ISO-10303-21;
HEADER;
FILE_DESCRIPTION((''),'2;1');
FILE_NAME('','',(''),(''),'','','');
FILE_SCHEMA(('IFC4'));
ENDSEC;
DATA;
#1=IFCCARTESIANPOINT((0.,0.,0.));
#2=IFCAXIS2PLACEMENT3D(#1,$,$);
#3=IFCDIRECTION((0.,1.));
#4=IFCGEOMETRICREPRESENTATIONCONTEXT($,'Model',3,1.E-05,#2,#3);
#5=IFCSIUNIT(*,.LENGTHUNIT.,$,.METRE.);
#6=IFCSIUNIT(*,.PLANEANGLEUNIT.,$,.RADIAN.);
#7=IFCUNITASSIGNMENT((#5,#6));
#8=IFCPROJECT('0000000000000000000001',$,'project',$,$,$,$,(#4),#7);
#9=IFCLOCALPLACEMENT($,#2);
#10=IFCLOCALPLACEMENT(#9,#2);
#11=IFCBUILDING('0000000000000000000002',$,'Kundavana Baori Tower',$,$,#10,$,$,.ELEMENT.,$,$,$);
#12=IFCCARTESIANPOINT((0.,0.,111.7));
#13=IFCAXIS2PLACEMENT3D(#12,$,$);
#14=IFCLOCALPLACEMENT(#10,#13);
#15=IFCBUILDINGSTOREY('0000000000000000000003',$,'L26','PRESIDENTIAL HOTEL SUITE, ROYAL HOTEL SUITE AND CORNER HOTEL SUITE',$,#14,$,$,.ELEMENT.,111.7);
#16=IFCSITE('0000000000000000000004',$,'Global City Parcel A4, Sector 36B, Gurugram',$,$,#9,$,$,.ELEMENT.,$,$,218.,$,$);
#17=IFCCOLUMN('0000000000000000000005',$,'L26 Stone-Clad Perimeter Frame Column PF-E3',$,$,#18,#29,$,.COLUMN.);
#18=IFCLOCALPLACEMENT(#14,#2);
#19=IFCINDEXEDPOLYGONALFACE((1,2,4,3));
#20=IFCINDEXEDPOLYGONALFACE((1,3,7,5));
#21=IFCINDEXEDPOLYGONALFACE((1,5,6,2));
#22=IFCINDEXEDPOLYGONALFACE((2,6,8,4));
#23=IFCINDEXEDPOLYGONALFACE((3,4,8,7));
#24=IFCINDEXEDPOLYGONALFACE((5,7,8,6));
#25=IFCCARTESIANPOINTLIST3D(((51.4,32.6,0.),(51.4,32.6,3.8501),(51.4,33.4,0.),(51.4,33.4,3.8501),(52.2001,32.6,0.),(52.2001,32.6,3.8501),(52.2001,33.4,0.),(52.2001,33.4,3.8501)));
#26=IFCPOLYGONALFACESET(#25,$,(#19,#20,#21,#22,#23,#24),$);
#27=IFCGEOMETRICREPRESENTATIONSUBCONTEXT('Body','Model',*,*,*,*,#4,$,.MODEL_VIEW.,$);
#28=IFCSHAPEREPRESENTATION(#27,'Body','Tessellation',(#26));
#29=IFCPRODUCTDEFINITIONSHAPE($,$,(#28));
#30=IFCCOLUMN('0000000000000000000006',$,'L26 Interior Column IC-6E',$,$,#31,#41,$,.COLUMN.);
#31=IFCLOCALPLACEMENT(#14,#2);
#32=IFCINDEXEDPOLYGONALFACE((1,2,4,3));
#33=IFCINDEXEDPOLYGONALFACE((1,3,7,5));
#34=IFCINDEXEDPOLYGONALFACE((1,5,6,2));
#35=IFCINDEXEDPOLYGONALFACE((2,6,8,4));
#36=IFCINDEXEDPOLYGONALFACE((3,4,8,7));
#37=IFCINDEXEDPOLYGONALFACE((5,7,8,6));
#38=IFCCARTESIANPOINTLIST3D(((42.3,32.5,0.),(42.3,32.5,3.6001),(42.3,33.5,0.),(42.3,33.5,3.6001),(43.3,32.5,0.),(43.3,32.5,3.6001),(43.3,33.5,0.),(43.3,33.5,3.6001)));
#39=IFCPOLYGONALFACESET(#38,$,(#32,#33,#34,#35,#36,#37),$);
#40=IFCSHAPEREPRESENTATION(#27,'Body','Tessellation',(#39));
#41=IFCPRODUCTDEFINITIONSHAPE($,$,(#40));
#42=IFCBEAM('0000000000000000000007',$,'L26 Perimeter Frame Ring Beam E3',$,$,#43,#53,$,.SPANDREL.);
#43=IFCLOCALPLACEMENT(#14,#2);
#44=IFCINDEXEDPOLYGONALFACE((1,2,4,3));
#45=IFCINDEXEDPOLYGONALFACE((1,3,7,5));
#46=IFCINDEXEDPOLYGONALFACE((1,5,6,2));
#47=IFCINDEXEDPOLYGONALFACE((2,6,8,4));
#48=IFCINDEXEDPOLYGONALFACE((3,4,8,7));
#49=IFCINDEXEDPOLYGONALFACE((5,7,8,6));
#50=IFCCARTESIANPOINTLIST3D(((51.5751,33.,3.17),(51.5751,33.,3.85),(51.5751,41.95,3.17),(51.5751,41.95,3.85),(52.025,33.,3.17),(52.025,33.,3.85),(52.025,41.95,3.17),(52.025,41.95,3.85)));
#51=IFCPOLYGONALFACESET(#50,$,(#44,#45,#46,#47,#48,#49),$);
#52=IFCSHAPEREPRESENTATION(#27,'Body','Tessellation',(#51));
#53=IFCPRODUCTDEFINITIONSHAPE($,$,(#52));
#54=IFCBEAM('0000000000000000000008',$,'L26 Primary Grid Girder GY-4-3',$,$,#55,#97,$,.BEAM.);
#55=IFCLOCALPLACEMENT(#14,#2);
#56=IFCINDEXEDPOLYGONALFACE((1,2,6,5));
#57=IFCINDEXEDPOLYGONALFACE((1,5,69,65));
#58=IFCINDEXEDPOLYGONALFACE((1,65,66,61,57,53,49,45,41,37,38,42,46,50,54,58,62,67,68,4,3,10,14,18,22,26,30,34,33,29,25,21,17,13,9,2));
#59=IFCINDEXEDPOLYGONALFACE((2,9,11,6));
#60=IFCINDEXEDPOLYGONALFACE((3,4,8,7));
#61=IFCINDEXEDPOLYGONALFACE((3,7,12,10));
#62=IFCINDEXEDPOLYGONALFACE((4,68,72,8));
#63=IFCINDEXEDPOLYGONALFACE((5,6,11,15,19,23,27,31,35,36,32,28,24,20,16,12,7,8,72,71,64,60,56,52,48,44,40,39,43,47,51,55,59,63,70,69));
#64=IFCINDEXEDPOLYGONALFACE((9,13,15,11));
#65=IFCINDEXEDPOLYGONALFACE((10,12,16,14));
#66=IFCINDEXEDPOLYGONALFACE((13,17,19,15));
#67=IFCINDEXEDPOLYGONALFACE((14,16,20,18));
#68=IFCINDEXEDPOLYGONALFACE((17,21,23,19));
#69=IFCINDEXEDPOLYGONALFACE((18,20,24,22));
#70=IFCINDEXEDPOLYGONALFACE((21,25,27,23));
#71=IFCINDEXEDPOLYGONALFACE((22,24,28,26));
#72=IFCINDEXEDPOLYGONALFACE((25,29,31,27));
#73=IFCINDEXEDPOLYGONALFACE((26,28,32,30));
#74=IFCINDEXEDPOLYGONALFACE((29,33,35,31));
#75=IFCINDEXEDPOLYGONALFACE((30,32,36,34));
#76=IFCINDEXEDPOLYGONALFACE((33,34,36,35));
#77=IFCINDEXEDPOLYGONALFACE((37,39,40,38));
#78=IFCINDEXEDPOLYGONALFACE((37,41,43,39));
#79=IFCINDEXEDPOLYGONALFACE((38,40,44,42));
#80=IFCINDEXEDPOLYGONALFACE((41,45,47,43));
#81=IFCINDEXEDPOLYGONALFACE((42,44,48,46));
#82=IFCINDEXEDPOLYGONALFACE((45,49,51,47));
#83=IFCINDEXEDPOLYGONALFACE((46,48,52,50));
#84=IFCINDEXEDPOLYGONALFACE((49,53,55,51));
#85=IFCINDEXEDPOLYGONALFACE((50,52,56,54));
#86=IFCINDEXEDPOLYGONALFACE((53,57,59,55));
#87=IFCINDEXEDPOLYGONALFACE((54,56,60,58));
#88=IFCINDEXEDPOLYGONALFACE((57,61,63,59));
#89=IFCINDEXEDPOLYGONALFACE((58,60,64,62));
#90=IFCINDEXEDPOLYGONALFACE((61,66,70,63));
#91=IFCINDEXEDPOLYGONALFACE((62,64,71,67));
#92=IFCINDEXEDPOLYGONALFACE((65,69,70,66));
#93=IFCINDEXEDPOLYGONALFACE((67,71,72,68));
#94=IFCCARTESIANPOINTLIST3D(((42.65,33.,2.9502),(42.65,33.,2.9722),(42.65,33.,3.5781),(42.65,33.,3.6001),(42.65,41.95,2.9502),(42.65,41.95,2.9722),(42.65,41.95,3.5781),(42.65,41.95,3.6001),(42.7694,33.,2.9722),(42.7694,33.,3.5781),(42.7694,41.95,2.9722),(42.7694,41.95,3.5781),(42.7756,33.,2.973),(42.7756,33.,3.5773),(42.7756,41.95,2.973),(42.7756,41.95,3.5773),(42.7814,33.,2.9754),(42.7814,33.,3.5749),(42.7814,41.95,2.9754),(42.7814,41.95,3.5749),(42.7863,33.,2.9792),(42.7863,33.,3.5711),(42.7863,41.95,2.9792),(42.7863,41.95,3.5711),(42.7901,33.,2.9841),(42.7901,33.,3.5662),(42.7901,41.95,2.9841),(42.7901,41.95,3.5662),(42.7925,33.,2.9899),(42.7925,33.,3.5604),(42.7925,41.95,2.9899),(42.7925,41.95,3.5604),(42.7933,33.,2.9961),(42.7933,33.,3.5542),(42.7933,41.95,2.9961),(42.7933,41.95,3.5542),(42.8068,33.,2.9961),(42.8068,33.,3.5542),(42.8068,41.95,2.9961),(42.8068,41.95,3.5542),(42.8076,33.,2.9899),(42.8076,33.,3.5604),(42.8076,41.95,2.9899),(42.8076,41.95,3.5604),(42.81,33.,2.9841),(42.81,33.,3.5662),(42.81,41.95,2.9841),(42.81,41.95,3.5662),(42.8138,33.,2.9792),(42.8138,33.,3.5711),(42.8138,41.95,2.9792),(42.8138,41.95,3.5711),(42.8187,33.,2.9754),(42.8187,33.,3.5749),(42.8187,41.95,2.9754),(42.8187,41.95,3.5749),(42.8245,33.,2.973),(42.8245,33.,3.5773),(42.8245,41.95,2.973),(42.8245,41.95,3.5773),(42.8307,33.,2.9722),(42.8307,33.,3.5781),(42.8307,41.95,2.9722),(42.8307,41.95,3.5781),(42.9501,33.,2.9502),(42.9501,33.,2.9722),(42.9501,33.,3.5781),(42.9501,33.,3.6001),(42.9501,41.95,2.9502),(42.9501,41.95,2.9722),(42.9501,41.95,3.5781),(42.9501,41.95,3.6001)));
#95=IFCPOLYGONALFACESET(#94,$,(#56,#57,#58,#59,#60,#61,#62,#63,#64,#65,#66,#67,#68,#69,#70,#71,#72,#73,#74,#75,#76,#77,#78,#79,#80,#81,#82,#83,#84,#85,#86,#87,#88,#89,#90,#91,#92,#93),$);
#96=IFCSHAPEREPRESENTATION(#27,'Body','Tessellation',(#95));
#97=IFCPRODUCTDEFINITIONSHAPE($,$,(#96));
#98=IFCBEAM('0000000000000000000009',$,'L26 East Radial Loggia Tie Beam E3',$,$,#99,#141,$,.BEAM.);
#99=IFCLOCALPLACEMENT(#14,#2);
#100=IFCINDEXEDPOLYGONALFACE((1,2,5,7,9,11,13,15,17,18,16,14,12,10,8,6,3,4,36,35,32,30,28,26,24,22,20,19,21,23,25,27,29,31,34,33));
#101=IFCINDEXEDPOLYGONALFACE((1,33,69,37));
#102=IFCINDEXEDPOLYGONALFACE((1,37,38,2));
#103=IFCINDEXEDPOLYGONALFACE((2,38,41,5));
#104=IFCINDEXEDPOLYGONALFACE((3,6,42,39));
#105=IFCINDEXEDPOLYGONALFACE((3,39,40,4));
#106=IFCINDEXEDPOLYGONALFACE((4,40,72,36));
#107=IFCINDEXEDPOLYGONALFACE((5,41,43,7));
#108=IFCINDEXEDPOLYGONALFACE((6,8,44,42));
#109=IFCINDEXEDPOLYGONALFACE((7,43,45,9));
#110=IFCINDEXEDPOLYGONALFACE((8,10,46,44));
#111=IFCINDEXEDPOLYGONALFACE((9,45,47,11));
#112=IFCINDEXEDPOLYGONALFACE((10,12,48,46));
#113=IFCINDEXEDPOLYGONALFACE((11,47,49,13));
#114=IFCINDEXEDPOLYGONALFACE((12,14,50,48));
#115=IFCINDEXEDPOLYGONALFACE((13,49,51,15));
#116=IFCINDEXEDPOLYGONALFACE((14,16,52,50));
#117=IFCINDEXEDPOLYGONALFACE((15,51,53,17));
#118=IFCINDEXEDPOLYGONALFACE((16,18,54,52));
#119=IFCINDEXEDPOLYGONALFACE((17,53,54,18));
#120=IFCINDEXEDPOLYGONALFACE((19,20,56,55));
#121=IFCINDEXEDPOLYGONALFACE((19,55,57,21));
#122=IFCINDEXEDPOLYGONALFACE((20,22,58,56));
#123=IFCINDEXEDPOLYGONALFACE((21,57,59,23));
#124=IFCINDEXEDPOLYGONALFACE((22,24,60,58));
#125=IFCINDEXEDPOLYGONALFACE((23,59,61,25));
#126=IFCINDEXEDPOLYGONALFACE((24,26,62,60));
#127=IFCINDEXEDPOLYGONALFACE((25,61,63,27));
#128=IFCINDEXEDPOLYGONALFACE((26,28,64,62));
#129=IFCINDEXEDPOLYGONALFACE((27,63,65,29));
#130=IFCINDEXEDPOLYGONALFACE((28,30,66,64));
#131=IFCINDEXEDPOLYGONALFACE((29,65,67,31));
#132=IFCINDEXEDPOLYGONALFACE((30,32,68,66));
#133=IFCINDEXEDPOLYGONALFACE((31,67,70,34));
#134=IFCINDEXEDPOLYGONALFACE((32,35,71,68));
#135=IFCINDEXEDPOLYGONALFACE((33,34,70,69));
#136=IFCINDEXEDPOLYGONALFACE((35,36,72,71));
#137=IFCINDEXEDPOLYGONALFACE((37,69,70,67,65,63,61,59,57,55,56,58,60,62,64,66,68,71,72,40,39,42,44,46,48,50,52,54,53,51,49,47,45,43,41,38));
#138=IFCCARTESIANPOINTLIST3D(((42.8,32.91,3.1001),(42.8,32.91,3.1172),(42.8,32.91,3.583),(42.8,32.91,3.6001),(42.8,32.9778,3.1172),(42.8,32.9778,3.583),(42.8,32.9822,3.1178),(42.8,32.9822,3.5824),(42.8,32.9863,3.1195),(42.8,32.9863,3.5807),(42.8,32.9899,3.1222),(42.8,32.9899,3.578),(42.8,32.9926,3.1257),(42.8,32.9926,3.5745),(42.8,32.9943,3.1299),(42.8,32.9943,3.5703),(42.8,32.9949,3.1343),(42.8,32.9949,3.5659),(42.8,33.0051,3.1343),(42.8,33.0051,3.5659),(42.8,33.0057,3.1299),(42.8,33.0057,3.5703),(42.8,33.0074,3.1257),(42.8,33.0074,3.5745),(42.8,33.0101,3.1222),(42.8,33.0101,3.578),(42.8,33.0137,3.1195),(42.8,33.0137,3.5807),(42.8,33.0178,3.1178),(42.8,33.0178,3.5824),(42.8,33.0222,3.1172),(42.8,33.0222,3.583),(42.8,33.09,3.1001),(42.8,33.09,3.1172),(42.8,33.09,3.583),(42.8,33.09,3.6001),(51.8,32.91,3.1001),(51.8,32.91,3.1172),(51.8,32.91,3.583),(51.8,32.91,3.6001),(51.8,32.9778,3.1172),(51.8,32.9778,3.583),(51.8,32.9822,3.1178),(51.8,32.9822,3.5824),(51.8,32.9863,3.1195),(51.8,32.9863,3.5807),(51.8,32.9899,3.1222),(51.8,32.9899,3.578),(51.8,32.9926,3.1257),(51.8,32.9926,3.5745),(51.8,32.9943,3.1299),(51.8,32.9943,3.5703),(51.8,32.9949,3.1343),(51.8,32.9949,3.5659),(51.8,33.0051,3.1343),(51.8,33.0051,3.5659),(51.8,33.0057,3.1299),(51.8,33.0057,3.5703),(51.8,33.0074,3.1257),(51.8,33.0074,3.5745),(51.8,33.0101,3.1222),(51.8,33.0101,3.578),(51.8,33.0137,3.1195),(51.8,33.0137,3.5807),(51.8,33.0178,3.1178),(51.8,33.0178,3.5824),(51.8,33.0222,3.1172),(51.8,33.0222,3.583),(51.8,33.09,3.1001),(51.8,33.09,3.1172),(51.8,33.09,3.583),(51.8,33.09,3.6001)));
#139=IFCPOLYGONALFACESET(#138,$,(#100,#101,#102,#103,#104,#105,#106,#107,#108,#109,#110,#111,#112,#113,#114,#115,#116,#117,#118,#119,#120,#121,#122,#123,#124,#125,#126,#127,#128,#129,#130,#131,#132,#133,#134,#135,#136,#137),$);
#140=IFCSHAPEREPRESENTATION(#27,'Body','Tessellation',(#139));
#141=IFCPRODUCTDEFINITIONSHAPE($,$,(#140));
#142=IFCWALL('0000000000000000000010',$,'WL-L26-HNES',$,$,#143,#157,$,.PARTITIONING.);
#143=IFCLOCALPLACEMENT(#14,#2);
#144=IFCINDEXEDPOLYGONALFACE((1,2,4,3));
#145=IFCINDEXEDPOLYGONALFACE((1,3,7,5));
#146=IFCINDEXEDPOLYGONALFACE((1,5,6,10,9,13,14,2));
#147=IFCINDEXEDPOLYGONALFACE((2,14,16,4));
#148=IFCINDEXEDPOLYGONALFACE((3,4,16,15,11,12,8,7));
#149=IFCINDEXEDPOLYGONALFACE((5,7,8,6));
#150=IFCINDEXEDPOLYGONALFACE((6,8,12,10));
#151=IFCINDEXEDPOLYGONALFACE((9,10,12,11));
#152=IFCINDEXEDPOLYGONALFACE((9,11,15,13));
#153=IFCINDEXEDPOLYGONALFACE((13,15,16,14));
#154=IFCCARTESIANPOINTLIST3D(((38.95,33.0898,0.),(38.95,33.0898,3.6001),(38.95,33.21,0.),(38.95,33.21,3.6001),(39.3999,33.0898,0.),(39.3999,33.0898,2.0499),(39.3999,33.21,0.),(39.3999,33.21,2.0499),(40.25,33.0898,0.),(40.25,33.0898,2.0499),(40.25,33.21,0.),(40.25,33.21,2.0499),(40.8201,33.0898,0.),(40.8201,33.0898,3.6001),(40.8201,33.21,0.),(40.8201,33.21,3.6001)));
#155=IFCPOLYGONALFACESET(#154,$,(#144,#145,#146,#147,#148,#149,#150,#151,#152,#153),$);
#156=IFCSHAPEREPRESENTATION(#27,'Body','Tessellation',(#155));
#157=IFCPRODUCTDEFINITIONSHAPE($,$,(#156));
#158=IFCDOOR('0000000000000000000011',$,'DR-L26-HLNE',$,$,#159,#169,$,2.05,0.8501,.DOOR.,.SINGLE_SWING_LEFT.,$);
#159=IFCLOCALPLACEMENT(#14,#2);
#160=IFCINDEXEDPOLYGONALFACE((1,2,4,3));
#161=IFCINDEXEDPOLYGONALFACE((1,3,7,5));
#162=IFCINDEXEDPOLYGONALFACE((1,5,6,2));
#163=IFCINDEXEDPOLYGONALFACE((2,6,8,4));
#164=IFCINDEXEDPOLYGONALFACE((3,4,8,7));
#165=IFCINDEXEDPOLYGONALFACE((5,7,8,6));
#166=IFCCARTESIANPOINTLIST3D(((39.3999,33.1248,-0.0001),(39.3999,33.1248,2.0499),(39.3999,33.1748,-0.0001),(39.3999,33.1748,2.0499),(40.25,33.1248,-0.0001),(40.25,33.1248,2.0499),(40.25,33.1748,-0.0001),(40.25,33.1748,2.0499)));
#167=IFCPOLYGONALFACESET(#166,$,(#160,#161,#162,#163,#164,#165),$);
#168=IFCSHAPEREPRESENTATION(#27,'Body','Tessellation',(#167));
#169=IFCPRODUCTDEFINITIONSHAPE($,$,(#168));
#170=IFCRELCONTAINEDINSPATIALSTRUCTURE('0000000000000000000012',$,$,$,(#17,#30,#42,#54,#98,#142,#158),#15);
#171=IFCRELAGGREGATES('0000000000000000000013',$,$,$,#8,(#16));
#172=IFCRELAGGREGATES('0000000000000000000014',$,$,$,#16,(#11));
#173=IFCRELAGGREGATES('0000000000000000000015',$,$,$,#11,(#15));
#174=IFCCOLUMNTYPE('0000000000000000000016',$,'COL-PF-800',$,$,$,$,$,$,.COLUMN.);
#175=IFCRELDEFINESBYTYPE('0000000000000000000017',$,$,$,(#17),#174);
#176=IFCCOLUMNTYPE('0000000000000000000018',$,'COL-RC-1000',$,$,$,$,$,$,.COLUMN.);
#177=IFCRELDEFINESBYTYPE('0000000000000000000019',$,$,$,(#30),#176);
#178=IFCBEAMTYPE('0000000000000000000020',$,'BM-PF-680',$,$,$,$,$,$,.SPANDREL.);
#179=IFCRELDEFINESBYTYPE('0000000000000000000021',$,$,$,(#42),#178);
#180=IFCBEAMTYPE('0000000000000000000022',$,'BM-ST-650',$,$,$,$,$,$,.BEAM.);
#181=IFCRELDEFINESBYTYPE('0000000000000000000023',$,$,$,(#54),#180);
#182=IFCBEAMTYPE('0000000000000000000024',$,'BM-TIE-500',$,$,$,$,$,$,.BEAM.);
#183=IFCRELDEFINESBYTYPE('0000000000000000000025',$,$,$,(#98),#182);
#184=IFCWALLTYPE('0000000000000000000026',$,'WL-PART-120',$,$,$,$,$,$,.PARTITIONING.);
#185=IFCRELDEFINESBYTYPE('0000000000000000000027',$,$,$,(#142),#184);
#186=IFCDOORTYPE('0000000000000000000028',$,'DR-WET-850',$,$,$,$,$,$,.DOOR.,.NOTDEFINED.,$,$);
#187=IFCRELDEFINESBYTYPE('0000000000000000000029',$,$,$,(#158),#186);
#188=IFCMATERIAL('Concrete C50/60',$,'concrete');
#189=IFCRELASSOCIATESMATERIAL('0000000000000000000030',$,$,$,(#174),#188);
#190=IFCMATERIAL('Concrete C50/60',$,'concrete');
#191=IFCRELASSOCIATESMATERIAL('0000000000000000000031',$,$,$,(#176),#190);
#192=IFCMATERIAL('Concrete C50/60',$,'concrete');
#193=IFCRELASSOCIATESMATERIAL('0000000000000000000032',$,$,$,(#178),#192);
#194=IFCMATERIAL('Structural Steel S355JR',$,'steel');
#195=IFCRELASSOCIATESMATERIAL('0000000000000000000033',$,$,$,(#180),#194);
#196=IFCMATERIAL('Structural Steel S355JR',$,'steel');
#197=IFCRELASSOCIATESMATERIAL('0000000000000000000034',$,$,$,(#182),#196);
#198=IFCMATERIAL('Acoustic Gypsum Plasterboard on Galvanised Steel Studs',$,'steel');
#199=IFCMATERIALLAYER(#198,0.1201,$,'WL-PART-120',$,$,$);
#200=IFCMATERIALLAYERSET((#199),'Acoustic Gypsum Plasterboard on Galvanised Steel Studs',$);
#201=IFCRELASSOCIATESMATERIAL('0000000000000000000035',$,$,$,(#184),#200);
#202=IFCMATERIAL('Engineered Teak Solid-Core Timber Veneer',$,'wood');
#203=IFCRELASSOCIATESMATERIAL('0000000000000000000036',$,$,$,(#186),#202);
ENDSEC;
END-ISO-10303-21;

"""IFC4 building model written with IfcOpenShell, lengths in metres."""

from ifc_helpers import new_model, si_unit, direction, frame, frame_2d, origin, origin_2d, place, context, subcontext, project, spatial, rectangle, i_section, extrude, material, layer, layer_set, material_profile, profile_set, type_object, element, fill, save


model = new_model("IFC4")

# Units and contexts
model_context = context("Model", 3, precision=1e-05, world=origin(), true_north=direction((0.0, 1.0)))
body_context = subcontext(model_context, "Body", "Model", "MODEL_VIEW")
ifc_project = project(units=[si_unit("LENGTHUNIT", "METRE"), si_unit("PLANEANGLEUNIT", "RADIAN")], contexts=[model_context])

# Site, building, storey
site_placement = place(None, origin())
site = spatial("IfcSite", under=ifc_project, at=site_placement, Name="Global City Parcel A4, Sector 36B, Gurugram", CompositionType="ELEMENT", RefElevation=218.0)
building_placement = place(site_placement, origin())
building = spatial("IfcBuilding", under=site, at=building_placement, Name="Kundavana Baori Tower", CompositionType="ELEMENT")
storey_placement = place(building_placement, frame((0.0, 0.0, 111.7)))
storey = spatial("IfcBuildingStorey", under=building, at=storey_placement, Name="L26", Description="PRESIDENTIAL HOTEL SUITE, ROYAL HOTEL SUITE AND CORNER HOTEL SUITE", CompositionType="ELEMENT", Elevation=111.7)

# Columns
ifc_material_1 = material(Name="Concrete C50/60", Category="concrete")
ifc_material_profile_1 = material_profile(ifc_material_1, rectangle(XDim=0.8, YDim=0.8, at=origin_2d()), Name="RC PF 800x800")
ifc_profile_set_1 = profile_set([ifc_material_profile_1], Name="Concrete C50/60")
column_type_1 = type_object("IfcColumnType", Name="COL-PF-800", PredefinedType="COLUMN", material=ifc_profile_set_1)
column_1_placement = place(storey_placement, frame((51.8, 33.0, 0.0), z_axis=(0.0, 0.0, 1.0), x_axis=(1.0, 0.0, 0.0)))
element("IfcColumn", 1, at=column_1_placement, inside=storey, type_object=column_type_1, Name="L26 Stone-Clad Perimeter Frame Column PF-E3", PredefinedType="COLUMN", context=body_context, shape_type="SweptSolid", body=[
    extrude(rectangle(XDim=0.8, YDim=0.8, at=origin_2d()), origin(), (0.0, 0.0, 1.0), 3.8501),
])
ifc_material_2 = material(Name="Concrete C50/60", Category="concrete")
ifc_material_profile_2 = material_profile(ifc_material_2, rectangle(XDim=1.0, YDim=1.0, at=origin_2d()), Name="RC 1000x1000")
ifc_profile_set_2 = profile_set([ifc_material_profile_2], Name="Concrete C50/60")
column_type_2 = type_object("IfcColumnType", Name="COL-RC-1000", PredefinedType="COLUMN", material=ifc_profile_set_2)
column_2_placement = place(storey_placement, frame((42.8, 33.0, 0.0), z_axis=(0.0, 0.0, 1.0), x_axis=(1.0, 0.0, 0.0)))
element("IfcColumn", 2, at=column_2_placement, inside=storey, type_object=column_type_2, Name="L26 Interior Column IC-6E", PredefinedType="COLUMN", context=body_context, shape_type="SweptSolid", body=[
    extrude(rectangle(XDim=1.0, YDim=1.0, at=origin_2d()), origin(), (0.0, 0.0, 1.0), 3.6001),
])

# Beams
ifc_material_3 = material(Name="Concrete C50/60", Category="concrete")
ifc_material_profile_3 = material_profile(ifc_material_3, rectangle(XDim=0.45, YDim=0.6799, at=origin_2d()), Name="RC BM 450x680")
ifc_profile_set_3 = profile_set([ifc_material_profile_3], Name="Concrete C50/60")
beam_type_1 = type_object("IfcBeamType", Name="BM-PF-680", PredefinedType="SPANDREL", material=ifc_profile_set_3)
beam_1_placement = place(storey_placement, frame((51.8, 33.0, 3.51), z_axis=(0.0, 1.0, 0.0), x_axis=(-1.0, 0.0, 0.0)))
element("IfcBeam", 3, at=beam_1_placement, inside=storey, type_object=beam_type_1, Name="L26 Perimeter Frame Ring Beam E3", PredefinedType="SPANDREL", context=body_context, shape_type="SweptSolid", body=[
    extrude(rectangle(XDim=0.45, YDim=0.6799, at=origin_2d()), origin(), (0.0, 0.0, 1.0), 8.95),
])
ifc_material_4 = material(Name="Structural Steel S355JR", Category="steel")
ifc_material_profile_4 = material_profile(ifc_material_4, i_section(OverallWidth=0.3, OverallDepth=0.6499, WebThickness=0.0134, FlangeThickness=0.022, FilletRadius=0.0239, at=origin_2d()), Name="NPB 650x300x155")
ifc_profile_set_4 = profile_set([ifc_material_profile_4], Name="Structural Steel S355JR")
beam_type_2 = type_object("IfcBeamType", Name="BM-ST-650", PredefinedType="BEAM", material=ifc_profile_set_4)
beam_2_placement = place(storey_placement, frame((42.8, 33.0, 3.2751), z_axis=(0.0, 1.0, 0.0), x_axis=(-1.0, 0.0, 0.0)))
element("IfcBeam", 4, at=beam_2_placement, inside=storey, type_object=beam_type_2, Name="L26 Primary Grid Girder GY-4-3", PredefinedType="BEAM", context=body_context, shape_type="SweptSolid", body=[
    extrude(i_section(OverallWidth=0.3, OverallDepth=0.6499, WebThickness=0.0134, FlangeThickness=0.022, FilletRadius=0.0239, at=origin_2d()), origin(), (0.0, 0.0, 1.0), 8.95),
])
ifc_material_5 = material(Name="Structural Steel S355JR", Category="steel")
ifc_material_profile_5 = material_profile(ifc_material_5, i_section(OverallWidth=0.1799, OverallDepth=0.5, WebThickness=0.0103, FlangeThickness=0.0171, FilletRadius=0.0171, at=origin_2d()), Name="ISMB 500")
ifc_profile_set_5 = profile_set([ifc_material_profile_5], Name="Structural Steel S355JR")
beam_type_3 = type_object("IfcBeamType", Name="BM-TIE-500", PredefinedType="BEAM", material=ifc_profile_set_5)
beam_3_placement = place(storey_placement, frame((42.8, 33.0, 3.3501), z_axis=(1.0, 0.0, 0.0), x_axis=(0.0, 1.0, 0.0)))
element("IfcBeam", 5, at=beam_3_placement, inside=storey, type_object=beam_type_3, Name="L26 East Radial Loggia Tie Beam E3", PredefinedType="BEAM", context=body_context, shape_type="SweptSolid", body=[
    extrude(i_section(OverallWidth=0.1799, OverallDepth=0.5, WebThickness=0.0103, FlangeThickness=0.0171, FilletRadius=0.0171, at=origin_2d()), origin(), (0.0, 0.0, 1.0), 9.0),
])

# Wall, opening, door
ifc_material_6 = material(Name="Acoustic Gypsum Plasterboard on Galvanised Steel Studs", Category="steel")
ifc_layer_1 = layer(ifc_material_6, 0.1201, Name="WL-PART-120")
ifc_layer_set_1 = layer_set([ifc_layer_1], Name="Acoustic Gypsum Plasterboard on Galvanised Steel Studs")
wall_type_1 = type_object("IfcWallType", Name="WL-PART-120", PredefinedType="PARTITIONING", material=ifc_layer_set_1)
wall_1_placement = place(storey_placement, frame((38.95, 33.1499, 0.0), z_axis=(0.0, 0.0, 1.0), x_axis=(1.0, 0.0, 0.0)))
wall_1 = element("IfcWall", 6, at=wall_1_placement, inside=storey, type_object=wall_type_1, Name="WL-L26-HNES", PredefinedType="PARTITIONING", context=body_context, shape_type="SweptSolid", body=[
    extrude(rectangle(XDim=1.8701, YDim=0.1201, at=frame_2d((0.9351, 0.0))), origin(), (0.0, 0.0, 1.0), 3.6001),
])
opening_1_placement = place(wall_1_placement, frame((0.45, 0.0, 0.0)))
opening_1 = element("IfcOpeningElement", 7, at=opening_1_placement, cuts=wall_1, PredefinedType="OPENING", context=body_context, shape_type="SweptSolid", body=[
    extrude(rectangle(XDim=0.8501, YDim=2.05, at=frame_2d((0.425, 1.0249))), frame((0.0, 0.0701, 0.0), z_axis=(0.0, -1.0, 0.0), x_axis=(1.0, 0.0, 0.0)), (0.0, 0.0, 1.0), 0.1401),
])
ifc_material_7 = material(Name="Engineered Teak Solid-Core Timber Veneer", Category="wood")
door_type_1 = type_object("IfcDoorType", Name="DR-WET-850", OperationType="NOTDEFINED", PredefinedType="DOOR", material=ifc_material_7)
door_1_placement = place(opening_1_placement, origin())
door_1 = element("IfcDoor", 8, at=door_1_placement, inside=storey, type_object=door_type_1, Name="DR-L26-HLNE", OperationType="SINGLE_SWING_LEFT", OverallHeight=2.05, OverallWidth=0.8501, PredefinedType="DOOR", context=body_context, shape_type="SweptSolid", body=[
    extrude(rectangle(XDim=0.8501, YDim=2.05, at=frame_2d((0.425, 1.0249))), frame((0.0, 0.0249, 0.0), z_axis=(0.0, -1.0, 0.0), x_axis=(1.0, 0.0, 0.0)), (0.0, 0.0, 1.0), 0.05),
])
fill(opening_1, door_1)

save(model, "model.ifc")
